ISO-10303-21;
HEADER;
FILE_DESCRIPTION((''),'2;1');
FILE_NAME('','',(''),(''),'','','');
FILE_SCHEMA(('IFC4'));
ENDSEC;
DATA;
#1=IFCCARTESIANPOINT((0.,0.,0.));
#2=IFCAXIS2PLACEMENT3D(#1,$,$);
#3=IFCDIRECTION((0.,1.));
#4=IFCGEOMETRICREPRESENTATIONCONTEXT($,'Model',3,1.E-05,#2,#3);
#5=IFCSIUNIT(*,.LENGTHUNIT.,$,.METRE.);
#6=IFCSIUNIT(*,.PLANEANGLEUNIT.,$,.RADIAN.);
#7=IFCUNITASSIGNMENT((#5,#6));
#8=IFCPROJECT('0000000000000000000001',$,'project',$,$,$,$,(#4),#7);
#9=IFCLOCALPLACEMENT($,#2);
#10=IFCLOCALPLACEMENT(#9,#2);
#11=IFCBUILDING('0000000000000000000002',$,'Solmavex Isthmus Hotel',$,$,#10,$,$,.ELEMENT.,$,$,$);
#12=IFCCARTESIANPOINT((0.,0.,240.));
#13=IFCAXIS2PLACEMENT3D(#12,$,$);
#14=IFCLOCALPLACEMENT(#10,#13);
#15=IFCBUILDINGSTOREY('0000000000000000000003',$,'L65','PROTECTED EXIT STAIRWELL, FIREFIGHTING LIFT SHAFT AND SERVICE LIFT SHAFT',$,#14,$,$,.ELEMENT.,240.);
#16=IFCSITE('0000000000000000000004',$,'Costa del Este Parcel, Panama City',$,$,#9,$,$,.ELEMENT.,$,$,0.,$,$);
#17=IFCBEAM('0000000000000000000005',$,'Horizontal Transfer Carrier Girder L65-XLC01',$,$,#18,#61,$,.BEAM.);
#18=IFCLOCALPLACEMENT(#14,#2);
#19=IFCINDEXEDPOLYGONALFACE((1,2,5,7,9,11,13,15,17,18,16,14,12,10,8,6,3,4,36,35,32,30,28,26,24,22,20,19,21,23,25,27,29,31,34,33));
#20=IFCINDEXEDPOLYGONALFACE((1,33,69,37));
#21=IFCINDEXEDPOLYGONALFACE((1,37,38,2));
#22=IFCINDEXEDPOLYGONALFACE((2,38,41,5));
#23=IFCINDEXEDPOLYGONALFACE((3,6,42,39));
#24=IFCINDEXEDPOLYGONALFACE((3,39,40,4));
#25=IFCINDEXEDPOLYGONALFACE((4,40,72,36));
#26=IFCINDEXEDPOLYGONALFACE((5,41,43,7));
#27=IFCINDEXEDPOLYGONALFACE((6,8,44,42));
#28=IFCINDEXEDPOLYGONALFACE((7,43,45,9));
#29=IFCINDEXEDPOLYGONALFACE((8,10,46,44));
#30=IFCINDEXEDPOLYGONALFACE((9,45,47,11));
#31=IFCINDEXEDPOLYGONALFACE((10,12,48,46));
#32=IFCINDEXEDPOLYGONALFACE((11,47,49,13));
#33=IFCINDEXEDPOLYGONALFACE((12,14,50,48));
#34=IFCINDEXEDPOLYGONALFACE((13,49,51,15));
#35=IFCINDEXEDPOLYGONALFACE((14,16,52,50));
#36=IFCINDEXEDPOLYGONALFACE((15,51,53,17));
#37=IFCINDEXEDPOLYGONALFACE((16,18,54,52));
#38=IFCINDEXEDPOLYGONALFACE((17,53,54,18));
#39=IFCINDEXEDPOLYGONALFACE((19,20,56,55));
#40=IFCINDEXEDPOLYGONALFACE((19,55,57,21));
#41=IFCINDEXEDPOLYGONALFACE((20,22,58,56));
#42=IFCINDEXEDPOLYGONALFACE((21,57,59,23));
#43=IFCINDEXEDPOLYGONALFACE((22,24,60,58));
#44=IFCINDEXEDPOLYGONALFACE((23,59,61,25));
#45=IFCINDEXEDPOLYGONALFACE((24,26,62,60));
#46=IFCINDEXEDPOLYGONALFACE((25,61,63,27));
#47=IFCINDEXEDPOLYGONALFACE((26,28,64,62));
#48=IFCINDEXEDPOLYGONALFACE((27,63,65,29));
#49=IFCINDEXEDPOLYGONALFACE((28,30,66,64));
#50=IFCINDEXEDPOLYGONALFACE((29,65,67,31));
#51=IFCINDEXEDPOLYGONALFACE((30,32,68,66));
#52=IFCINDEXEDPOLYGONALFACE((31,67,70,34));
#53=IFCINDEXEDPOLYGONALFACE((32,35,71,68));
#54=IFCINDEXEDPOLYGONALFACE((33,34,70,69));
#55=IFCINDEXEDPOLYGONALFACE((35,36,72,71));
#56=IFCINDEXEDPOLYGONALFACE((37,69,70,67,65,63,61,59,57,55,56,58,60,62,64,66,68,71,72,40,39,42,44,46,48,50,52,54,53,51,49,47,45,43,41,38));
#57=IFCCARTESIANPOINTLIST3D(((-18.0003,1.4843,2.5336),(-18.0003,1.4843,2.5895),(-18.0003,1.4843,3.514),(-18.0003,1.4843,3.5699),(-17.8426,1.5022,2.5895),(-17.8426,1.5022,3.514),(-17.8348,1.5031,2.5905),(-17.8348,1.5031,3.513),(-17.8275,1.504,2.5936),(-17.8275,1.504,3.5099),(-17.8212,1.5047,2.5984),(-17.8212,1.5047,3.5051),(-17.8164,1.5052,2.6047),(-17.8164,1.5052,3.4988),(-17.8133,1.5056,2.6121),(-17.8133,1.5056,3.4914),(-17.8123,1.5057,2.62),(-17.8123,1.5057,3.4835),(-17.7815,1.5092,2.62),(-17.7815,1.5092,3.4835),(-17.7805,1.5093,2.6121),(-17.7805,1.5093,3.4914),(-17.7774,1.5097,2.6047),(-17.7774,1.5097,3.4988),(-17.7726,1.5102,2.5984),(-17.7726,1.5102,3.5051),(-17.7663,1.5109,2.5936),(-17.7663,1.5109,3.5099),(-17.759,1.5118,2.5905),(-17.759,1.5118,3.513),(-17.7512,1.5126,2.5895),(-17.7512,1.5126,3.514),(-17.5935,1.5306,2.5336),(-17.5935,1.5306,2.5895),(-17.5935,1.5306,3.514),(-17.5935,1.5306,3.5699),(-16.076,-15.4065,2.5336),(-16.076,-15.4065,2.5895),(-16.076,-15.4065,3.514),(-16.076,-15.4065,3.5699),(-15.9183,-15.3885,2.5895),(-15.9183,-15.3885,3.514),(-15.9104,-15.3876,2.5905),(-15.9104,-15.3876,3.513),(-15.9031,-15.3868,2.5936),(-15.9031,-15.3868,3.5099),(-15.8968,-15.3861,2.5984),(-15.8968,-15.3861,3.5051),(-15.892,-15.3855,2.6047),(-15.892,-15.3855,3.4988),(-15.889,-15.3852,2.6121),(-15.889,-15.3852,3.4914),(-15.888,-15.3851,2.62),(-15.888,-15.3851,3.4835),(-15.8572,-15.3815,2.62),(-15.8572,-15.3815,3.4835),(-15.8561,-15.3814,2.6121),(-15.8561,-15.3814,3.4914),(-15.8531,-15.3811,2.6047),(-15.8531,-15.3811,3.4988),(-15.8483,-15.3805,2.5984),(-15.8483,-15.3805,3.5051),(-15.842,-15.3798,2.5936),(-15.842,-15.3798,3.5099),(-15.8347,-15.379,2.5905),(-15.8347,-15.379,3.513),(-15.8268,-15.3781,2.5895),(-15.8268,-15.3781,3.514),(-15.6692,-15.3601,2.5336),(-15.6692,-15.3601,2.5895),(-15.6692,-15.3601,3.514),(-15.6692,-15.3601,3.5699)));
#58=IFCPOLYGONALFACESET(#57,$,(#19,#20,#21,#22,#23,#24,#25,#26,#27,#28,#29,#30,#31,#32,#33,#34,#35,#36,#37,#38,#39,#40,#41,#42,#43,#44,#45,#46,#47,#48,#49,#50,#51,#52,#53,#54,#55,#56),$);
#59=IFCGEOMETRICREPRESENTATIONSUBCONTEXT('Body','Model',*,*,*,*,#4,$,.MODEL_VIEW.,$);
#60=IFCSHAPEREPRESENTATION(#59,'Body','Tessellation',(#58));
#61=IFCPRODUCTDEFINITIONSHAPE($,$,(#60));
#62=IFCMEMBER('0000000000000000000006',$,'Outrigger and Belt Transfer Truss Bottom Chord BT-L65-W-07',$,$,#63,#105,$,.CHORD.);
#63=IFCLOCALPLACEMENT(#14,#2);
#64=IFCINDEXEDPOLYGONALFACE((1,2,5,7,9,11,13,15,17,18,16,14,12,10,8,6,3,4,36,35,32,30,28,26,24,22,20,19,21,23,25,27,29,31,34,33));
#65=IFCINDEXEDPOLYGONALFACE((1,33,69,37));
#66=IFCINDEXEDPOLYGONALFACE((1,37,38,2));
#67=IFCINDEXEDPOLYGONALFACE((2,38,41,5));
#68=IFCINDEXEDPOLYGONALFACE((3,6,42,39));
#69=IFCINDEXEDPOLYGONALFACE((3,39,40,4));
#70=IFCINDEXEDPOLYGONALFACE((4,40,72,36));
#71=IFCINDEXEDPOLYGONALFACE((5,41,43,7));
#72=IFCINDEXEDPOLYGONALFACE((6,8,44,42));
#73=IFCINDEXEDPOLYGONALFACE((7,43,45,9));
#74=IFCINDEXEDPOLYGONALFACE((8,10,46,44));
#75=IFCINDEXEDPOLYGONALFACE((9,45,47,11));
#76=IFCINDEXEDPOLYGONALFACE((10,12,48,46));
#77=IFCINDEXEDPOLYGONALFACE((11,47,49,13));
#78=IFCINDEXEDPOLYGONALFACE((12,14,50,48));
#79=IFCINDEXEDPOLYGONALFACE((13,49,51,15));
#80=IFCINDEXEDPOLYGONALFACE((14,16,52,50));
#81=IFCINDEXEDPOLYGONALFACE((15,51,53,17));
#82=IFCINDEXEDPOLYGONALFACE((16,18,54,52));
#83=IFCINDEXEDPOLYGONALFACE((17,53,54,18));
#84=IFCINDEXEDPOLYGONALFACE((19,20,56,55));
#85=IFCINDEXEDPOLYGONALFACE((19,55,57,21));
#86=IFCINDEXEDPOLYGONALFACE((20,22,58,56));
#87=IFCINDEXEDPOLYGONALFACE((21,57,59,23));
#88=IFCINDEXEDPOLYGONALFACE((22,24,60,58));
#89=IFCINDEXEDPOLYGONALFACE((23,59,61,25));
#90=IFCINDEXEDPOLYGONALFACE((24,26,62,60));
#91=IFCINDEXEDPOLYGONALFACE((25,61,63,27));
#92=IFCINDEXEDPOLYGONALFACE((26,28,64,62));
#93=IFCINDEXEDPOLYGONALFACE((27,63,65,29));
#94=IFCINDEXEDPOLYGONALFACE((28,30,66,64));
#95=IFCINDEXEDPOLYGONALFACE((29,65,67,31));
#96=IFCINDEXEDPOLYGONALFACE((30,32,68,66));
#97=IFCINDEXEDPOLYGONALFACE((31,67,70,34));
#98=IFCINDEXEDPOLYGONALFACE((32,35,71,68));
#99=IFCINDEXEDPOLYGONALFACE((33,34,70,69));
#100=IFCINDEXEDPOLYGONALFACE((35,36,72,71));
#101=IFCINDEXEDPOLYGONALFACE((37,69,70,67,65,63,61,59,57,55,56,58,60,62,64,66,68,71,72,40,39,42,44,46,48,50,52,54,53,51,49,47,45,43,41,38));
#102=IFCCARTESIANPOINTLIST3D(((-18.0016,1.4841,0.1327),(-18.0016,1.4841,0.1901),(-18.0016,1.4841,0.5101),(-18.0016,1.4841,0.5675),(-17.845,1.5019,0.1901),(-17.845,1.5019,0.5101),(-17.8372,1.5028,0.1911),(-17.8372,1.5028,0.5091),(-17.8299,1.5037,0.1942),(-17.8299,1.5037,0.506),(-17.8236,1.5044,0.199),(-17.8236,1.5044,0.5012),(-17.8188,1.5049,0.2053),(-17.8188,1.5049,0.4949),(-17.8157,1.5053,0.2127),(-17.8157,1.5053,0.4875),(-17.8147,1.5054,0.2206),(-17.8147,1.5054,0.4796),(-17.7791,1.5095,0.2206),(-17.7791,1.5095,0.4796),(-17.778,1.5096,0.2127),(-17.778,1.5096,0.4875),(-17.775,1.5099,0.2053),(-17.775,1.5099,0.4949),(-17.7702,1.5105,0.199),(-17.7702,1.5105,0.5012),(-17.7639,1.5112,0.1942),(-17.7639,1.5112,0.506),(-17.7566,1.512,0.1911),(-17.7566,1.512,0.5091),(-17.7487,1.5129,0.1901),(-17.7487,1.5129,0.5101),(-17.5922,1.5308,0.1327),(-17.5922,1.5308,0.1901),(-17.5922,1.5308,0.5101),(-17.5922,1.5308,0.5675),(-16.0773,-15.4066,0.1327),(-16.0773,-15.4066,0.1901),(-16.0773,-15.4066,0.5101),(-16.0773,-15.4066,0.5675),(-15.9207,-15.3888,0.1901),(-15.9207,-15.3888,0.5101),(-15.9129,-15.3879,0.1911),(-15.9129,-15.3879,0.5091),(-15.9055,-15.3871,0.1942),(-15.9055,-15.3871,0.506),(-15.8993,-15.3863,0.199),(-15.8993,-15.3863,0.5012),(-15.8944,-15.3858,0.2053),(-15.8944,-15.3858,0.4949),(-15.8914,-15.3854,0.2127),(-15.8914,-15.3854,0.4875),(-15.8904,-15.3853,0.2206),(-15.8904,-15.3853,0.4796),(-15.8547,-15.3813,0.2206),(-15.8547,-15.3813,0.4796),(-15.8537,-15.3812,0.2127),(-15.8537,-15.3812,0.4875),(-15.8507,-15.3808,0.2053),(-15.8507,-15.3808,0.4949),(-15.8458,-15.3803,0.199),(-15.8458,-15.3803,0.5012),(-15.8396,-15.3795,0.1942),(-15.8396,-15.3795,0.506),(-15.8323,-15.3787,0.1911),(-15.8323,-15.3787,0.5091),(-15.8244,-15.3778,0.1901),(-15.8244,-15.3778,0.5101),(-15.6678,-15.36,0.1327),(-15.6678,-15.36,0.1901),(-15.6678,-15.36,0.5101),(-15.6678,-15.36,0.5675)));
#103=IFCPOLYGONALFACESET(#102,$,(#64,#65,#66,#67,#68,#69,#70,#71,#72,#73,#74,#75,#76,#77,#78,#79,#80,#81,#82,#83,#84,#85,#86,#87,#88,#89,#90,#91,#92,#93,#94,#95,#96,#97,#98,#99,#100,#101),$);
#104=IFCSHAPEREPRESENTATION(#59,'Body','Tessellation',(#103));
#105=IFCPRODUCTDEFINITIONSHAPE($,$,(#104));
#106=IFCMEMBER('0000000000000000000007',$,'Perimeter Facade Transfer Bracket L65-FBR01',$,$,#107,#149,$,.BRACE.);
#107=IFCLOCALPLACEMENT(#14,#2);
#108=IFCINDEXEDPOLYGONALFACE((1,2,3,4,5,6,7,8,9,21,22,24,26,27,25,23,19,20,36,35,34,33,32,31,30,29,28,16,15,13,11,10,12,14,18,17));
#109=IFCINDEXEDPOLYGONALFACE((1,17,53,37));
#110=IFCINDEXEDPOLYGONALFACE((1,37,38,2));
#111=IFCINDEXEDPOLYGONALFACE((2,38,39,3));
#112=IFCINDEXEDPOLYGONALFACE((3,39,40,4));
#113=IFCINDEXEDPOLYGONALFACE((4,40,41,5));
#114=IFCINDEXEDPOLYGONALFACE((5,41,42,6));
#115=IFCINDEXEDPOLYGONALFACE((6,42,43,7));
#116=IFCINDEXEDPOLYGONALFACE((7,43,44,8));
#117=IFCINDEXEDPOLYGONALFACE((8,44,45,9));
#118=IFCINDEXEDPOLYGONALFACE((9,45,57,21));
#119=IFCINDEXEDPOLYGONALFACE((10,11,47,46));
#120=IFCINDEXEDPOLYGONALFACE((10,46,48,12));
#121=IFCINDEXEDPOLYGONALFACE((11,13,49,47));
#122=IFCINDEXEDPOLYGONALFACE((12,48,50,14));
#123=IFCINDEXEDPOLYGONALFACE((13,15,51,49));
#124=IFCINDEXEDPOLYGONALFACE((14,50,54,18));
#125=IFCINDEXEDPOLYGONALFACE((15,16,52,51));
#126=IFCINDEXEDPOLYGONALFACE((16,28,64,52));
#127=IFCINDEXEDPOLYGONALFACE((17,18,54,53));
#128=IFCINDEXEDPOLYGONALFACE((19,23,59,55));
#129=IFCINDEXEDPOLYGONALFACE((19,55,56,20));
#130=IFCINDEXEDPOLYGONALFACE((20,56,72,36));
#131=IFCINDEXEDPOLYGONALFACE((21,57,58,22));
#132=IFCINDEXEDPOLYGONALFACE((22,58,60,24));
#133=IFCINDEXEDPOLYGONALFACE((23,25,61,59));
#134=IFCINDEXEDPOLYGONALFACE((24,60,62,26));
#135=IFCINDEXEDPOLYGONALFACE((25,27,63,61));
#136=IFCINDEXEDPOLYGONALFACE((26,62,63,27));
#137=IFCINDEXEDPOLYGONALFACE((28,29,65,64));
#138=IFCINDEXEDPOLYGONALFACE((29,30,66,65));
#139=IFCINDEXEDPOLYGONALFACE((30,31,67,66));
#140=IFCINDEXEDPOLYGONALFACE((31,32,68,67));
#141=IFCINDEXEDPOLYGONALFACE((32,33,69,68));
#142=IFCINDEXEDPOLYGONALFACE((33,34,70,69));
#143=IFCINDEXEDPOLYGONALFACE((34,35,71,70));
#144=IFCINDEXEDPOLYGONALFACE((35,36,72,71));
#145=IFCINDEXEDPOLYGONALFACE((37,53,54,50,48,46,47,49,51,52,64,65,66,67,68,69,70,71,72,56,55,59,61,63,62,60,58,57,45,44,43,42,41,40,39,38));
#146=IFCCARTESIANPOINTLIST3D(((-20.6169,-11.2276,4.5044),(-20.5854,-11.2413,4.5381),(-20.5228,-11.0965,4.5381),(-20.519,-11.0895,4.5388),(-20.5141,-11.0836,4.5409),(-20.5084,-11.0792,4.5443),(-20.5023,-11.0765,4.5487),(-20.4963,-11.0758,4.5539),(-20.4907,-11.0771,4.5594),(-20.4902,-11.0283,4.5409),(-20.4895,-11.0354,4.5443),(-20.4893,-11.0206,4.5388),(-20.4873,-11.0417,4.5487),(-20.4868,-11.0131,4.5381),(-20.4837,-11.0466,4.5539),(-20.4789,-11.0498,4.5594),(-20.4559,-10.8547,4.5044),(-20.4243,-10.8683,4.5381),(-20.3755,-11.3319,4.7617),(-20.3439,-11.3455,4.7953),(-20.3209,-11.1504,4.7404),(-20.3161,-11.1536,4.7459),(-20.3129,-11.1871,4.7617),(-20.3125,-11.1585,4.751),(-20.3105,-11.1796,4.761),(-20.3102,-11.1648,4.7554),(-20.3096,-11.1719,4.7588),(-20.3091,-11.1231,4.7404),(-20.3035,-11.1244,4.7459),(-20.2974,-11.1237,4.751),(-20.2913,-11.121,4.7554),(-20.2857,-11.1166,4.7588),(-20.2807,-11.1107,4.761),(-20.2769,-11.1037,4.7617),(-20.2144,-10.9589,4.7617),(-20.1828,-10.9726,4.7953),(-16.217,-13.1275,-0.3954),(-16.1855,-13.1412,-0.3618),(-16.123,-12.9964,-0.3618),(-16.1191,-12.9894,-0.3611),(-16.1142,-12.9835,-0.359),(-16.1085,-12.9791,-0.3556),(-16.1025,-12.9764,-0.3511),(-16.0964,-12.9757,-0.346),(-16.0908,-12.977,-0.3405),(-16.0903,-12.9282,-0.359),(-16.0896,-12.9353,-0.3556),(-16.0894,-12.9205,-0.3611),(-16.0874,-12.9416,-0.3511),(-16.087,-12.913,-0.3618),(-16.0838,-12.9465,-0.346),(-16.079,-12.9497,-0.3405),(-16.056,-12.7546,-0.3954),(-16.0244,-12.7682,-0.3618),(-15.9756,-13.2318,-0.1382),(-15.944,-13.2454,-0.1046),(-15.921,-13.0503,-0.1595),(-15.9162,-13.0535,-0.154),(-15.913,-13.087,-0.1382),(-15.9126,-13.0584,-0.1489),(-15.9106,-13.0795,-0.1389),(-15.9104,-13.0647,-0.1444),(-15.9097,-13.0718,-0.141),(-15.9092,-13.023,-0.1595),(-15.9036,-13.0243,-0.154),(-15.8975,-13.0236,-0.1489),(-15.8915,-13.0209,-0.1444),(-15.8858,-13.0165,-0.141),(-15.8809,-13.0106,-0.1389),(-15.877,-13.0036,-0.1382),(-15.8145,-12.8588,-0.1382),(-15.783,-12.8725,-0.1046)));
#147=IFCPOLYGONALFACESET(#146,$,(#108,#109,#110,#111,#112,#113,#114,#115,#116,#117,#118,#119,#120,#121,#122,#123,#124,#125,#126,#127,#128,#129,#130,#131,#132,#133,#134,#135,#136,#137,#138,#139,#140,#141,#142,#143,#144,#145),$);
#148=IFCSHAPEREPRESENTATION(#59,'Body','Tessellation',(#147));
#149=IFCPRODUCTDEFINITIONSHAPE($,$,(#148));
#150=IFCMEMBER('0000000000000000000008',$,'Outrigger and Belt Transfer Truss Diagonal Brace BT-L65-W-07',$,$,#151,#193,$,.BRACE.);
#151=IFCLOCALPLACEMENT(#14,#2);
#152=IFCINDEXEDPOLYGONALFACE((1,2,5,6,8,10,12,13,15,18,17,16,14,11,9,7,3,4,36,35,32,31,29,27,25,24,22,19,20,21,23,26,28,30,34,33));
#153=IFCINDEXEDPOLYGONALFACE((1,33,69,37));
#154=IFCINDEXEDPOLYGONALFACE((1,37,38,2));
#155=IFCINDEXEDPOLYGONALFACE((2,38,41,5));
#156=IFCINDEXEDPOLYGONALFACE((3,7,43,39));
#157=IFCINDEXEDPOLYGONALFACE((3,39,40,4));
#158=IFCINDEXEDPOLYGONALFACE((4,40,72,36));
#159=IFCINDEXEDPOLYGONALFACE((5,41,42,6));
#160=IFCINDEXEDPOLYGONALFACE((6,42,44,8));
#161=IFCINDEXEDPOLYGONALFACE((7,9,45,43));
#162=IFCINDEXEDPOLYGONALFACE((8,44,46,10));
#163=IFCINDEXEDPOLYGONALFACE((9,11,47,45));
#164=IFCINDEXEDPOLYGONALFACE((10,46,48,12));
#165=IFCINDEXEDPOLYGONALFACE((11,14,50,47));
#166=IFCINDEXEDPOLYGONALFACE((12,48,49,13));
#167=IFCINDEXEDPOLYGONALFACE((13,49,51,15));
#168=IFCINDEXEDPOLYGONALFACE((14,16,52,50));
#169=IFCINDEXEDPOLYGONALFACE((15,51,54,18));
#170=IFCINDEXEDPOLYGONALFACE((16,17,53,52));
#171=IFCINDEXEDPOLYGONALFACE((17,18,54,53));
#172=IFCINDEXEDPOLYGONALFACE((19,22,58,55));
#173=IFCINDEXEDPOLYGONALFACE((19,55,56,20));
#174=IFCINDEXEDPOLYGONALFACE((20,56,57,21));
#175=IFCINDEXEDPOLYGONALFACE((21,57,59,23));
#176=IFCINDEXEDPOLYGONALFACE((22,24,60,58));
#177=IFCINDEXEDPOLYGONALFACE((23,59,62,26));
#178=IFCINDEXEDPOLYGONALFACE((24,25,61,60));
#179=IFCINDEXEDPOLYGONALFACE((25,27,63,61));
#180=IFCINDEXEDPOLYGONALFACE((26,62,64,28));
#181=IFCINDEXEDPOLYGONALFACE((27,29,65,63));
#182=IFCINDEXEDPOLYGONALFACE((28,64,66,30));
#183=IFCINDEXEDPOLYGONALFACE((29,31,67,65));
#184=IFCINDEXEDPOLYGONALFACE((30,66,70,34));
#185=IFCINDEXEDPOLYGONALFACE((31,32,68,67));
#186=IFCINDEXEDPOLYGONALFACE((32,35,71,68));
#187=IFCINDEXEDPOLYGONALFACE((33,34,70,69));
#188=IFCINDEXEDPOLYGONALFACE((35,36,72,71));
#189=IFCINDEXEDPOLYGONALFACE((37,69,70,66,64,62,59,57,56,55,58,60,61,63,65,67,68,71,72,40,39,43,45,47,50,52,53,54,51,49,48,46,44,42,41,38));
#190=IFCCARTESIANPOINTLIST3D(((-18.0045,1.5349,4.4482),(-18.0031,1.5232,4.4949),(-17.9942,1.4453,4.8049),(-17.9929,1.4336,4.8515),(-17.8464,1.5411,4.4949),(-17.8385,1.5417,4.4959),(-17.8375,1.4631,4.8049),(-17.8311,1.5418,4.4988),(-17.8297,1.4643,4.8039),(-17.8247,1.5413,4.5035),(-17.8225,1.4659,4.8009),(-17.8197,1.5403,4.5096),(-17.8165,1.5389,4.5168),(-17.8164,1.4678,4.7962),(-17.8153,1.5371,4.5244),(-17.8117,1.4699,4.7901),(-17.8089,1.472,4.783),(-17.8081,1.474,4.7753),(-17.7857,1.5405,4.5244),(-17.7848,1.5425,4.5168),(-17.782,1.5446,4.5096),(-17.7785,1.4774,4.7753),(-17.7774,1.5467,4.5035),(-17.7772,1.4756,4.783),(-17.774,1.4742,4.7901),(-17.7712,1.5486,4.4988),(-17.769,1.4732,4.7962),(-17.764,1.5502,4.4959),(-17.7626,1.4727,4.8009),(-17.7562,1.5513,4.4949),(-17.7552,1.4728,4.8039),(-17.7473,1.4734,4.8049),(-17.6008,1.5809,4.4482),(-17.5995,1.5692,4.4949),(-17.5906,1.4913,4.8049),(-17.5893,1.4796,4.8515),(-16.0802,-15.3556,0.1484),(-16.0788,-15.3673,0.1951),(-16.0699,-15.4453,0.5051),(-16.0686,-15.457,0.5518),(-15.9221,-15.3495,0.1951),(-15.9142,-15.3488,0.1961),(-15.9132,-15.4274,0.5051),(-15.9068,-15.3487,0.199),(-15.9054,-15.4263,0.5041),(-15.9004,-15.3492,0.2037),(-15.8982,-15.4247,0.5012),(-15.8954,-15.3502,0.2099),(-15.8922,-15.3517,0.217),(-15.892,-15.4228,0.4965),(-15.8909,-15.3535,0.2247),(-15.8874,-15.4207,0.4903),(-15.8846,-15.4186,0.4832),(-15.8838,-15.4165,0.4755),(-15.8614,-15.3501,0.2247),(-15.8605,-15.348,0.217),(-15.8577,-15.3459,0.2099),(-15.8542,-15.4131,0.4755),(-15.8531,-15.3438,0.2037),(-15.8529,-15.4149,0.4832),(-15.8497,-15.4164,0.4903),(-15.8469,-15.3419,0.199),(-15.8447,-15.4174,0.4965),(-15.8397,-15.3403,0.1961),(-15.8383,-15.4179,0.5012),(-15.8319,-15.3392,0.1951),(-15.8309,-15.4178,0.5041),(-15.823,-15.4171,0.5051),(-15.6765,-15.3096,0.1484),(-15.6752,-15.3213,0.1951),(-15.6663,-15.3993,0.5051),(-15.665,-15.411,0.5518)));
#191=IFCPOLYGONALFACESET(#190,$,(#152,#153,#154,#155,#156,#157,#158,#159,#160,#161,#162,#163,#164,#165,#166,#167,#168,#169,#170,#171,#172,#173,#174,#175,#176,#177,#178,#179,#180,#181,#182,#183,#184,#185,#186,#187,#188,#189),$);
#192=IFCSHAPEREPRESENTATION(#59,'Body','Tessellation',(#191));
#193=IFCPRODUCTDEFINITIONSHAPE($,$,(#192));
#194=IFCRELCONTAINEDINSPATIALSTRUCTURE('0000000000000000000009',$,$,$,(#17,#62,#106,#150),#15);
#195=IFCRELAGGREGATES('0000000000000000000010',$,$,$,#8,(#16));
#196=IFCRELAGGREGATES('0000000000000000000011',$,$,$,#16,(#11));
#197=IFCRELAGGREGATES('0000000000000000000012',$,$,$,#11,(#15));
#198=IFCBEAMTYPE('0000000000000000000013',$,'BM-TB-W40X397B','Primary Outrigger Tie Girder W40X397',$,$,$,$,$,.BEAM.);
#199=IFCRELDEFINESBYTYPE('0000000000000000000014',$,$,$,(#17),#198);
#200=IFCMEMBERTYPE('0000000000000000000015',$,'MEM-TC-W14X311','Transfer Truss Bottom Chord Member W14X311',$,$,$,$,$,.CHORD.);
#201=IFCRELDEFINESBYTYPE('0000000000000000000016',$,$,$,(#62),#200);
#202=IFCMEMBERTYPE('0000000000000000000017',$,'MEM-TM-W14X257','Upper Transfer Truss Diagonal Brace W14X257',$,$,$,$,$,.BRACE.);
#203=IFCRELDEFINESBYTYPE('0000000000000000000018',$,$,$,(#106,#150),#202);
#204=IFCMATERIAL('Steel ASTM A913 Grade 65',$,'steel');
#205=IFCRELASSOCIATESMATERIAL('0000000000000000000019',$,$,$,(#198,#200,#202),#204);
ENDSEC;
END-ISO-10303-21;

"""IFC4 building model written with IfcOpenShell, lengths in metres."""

from ifc_helpers import new_model, si_unit, direction, frame, origin, origin_2d, place, context, subcontext, project, spatial, i_section, extrude, material, material_profile, profile_set, type_object, element, save


model = new_model("IFC4")

# Units and contexts
model_context = context("Model", 3, precision=1e-05, world=origin(), true_north=direction((0.0, 1.0)))
body_context = subcontext(model_context, "Body", "Model", "MODEL_VIEW")
ifc_project = project(units=[si_unit("LENGTHUNIT", "METRE"), si_unit("PLANEANGLEUNIT", "RADIAN")], contexts=[model_context])

# Site, building, storey
site_placement = place(None, origin())
site = spatial("IfcSite", under=ifc_project, at=site_placement, Name="Costa del Este Parcel, Panama City", CompositionType="ELEMENT", RefElevation=0.0)
building_placement = place(site_placement, origin())
building = spatial("IfcBuilding", under=site, at=building_placement, Name="Solmavex Isthmus Hotel", CompositionType="ELEMENT")
storey_placement = place(building_placement, frame((0.0, 0.0, 240.0)))
storey = spatial("IfcBuildingStorey", under=building, at=storey_placement, Name="L65", Description="PROTECTED EXIT STAIRWELL, FIREFIGHTING LIFT SHAFT AND SERVICE LIFT SHAFT", CompositionType="ELEMENT", Elevation=240.0)

# Shared definitions
ifc_material_1 = material(Name="Steel ASTM A913 Grade 65", Category="steel")

# Beam
ifc_material_profile_1 = material_profile(ifc_material_1, i_section(OverallWidth=0.4094, OverallDepth=1.0364, WebThickness=0.031, FlangeThickness=0.0559, FilletRadius=0.0305, at=origin_2d()), Name="W40X397")
ifc_profile_set_1 = profile_set([ifc_material_profile_1], Name="Steel ASTM A913 Grade 65")
beam_type_1 = type_object("IfcBeamType", Name="BM-TB-W40X397B", Description="Primary Outrigger Tie Girder W40X397", PredefinedType="BEAM", material=ifc_profile_set_1)
beam_1_placement = place(storey_placement, frame((-15.8726, -15.3833, 3.0518), z_axis=(-0.113196, 0.993573, 0.0), x_axis=(-0.993573, -0.113196, 0.0)))
element("IfcBeam", 1, at=beam_1_placement, inside=storey, type_object=beam_type_1, Name="Horizontal Transfer Carrier Girder L65-XLC01", PredefinedType="BEAM", context=body_context, shape_type="SweptSolid", body=[
    extrude(i_section(OverallWidth=0.4094, OverallDepth=1.0364, WebThickness=0.031, FlangeThickness=0.0559, FilletRadius=0.0305, at=origin_2d()), origin(), (0.0, 0.0, 1.0), 17.0),
])

# Members
ifc_material_profile_2 = material_profile(ifc_material_1, i_section(OverallWidth=0.4121, OverallDepth=0.4348, WebThickness=0.0359, FlangeThickness=0.0574, FilletRadius=0.0305, at=origin_2d()), Name="W14X311")
ifc_profile_set_2 = profile_set([ifc_material_profile_2], Name="Steel ASTM A913 Grade 65")
member_type_1 = type_object("IfcMemberType", Name="MEM-TC-W14X311", Description="Transfer Truss Bottom Chord Member W14X311", PredefinedType="CHORD", material=ifc_profile_set_2)
member_1_placement = place(storey_placement, frame((-15.8726, -15.3833, 0.3501), z_axis=(-0.113196, 0.993573, 0.0), x_axis=(-0.993573, -0.113196, 0.0)))
element("IfcMember", 2, at=member_1_placement, inside=storey, type_object=member_type_1, Name="Outrigger and Belt Transfer Truss Bottom Chord BT-L65-W-07", PredefinedType="CHORD", context=body_context, shape_type="SweptSolid", body=[
    extrude(i_section(OverallWidth=0.4121, OverallDepth=0.4348, WebThickness=0.0359, FlangeThickness=0.0574, FilletRadius=0.0305, at=origin_2d()), origin(), (0.0, 0.0, 1.0), 17.0),
])
ifc_material_profile_3 = material_profile(ifc_material_1, i_section(OverallWidth=0.4062, OverallDepth=0.416, WebThickness=0.0298, FlangeThickness=0.0481, FilletRadius=0.0305, at=origin_2d()), Name="W14X257")
ifc_profile_set_3 = profile_set([ifc_material_profile_3], Name="Steel ASTM A913 Grade 65")
member_type_2 = type_object("IfcMemberType", Name="MEM-TM-W14X257", Description="Upper Transfer Truss Diagonal Brace W14X257", PredefinedType="BRACE", material=ifc_profile_set_3)
member_2_placement = place(storey_placement, frame((-16.0, -13.0, -0.25), z_axis=(-0.641943, 0.277195, 0.714893), x_axis=(-0.396426, -0.918067, 0.0)))
element("IfcMember", 3, at=member_2_placement, inside=storey, type_object=member_type_2, Name="Perimeter Facade Transfer Bracket L65-FBR01", PredefinedType="BRACE", context=body_context, shape_type="SweptSolid", body=[
    extrude(i_section(OverallWidth=0.4062, OverallDepth=0.416, WebThickness=0.0298, FlangeThickness=0.0481, FilletRadius=0.0305, at=origin_2d()), origin(), (0.0, 0.0, 1.0), 6.854),
])
member_3_placement = place(storey_placement, frame((-15.8726, -15.3833, 0.3501), z_axis=(-0.10974, 0.963239, 0.245209), x_axis=(-0.993573, -0.113196, 0.0)))
element("IfcMember", 4, at=member_3_placement, inside=storey, type_object=member_type_2, Name="Outrigger and Belt Transfer Truss Diagonal Brace BT-L65-W-07", PredefinedType="BRACE", context=body_context, shape_type="SweptSolid", body=[
    extrude(i_section(OverallWidth=0.4062, OverallDepth=0.416, WebThickness=0.0298, FlangeThickness=0.0481, FilletRadius=0.0305, at=origin_2d()), origin(), (0.0, 0.0, 1.0), 17.5352),
])

save(model, "model.ifc")
